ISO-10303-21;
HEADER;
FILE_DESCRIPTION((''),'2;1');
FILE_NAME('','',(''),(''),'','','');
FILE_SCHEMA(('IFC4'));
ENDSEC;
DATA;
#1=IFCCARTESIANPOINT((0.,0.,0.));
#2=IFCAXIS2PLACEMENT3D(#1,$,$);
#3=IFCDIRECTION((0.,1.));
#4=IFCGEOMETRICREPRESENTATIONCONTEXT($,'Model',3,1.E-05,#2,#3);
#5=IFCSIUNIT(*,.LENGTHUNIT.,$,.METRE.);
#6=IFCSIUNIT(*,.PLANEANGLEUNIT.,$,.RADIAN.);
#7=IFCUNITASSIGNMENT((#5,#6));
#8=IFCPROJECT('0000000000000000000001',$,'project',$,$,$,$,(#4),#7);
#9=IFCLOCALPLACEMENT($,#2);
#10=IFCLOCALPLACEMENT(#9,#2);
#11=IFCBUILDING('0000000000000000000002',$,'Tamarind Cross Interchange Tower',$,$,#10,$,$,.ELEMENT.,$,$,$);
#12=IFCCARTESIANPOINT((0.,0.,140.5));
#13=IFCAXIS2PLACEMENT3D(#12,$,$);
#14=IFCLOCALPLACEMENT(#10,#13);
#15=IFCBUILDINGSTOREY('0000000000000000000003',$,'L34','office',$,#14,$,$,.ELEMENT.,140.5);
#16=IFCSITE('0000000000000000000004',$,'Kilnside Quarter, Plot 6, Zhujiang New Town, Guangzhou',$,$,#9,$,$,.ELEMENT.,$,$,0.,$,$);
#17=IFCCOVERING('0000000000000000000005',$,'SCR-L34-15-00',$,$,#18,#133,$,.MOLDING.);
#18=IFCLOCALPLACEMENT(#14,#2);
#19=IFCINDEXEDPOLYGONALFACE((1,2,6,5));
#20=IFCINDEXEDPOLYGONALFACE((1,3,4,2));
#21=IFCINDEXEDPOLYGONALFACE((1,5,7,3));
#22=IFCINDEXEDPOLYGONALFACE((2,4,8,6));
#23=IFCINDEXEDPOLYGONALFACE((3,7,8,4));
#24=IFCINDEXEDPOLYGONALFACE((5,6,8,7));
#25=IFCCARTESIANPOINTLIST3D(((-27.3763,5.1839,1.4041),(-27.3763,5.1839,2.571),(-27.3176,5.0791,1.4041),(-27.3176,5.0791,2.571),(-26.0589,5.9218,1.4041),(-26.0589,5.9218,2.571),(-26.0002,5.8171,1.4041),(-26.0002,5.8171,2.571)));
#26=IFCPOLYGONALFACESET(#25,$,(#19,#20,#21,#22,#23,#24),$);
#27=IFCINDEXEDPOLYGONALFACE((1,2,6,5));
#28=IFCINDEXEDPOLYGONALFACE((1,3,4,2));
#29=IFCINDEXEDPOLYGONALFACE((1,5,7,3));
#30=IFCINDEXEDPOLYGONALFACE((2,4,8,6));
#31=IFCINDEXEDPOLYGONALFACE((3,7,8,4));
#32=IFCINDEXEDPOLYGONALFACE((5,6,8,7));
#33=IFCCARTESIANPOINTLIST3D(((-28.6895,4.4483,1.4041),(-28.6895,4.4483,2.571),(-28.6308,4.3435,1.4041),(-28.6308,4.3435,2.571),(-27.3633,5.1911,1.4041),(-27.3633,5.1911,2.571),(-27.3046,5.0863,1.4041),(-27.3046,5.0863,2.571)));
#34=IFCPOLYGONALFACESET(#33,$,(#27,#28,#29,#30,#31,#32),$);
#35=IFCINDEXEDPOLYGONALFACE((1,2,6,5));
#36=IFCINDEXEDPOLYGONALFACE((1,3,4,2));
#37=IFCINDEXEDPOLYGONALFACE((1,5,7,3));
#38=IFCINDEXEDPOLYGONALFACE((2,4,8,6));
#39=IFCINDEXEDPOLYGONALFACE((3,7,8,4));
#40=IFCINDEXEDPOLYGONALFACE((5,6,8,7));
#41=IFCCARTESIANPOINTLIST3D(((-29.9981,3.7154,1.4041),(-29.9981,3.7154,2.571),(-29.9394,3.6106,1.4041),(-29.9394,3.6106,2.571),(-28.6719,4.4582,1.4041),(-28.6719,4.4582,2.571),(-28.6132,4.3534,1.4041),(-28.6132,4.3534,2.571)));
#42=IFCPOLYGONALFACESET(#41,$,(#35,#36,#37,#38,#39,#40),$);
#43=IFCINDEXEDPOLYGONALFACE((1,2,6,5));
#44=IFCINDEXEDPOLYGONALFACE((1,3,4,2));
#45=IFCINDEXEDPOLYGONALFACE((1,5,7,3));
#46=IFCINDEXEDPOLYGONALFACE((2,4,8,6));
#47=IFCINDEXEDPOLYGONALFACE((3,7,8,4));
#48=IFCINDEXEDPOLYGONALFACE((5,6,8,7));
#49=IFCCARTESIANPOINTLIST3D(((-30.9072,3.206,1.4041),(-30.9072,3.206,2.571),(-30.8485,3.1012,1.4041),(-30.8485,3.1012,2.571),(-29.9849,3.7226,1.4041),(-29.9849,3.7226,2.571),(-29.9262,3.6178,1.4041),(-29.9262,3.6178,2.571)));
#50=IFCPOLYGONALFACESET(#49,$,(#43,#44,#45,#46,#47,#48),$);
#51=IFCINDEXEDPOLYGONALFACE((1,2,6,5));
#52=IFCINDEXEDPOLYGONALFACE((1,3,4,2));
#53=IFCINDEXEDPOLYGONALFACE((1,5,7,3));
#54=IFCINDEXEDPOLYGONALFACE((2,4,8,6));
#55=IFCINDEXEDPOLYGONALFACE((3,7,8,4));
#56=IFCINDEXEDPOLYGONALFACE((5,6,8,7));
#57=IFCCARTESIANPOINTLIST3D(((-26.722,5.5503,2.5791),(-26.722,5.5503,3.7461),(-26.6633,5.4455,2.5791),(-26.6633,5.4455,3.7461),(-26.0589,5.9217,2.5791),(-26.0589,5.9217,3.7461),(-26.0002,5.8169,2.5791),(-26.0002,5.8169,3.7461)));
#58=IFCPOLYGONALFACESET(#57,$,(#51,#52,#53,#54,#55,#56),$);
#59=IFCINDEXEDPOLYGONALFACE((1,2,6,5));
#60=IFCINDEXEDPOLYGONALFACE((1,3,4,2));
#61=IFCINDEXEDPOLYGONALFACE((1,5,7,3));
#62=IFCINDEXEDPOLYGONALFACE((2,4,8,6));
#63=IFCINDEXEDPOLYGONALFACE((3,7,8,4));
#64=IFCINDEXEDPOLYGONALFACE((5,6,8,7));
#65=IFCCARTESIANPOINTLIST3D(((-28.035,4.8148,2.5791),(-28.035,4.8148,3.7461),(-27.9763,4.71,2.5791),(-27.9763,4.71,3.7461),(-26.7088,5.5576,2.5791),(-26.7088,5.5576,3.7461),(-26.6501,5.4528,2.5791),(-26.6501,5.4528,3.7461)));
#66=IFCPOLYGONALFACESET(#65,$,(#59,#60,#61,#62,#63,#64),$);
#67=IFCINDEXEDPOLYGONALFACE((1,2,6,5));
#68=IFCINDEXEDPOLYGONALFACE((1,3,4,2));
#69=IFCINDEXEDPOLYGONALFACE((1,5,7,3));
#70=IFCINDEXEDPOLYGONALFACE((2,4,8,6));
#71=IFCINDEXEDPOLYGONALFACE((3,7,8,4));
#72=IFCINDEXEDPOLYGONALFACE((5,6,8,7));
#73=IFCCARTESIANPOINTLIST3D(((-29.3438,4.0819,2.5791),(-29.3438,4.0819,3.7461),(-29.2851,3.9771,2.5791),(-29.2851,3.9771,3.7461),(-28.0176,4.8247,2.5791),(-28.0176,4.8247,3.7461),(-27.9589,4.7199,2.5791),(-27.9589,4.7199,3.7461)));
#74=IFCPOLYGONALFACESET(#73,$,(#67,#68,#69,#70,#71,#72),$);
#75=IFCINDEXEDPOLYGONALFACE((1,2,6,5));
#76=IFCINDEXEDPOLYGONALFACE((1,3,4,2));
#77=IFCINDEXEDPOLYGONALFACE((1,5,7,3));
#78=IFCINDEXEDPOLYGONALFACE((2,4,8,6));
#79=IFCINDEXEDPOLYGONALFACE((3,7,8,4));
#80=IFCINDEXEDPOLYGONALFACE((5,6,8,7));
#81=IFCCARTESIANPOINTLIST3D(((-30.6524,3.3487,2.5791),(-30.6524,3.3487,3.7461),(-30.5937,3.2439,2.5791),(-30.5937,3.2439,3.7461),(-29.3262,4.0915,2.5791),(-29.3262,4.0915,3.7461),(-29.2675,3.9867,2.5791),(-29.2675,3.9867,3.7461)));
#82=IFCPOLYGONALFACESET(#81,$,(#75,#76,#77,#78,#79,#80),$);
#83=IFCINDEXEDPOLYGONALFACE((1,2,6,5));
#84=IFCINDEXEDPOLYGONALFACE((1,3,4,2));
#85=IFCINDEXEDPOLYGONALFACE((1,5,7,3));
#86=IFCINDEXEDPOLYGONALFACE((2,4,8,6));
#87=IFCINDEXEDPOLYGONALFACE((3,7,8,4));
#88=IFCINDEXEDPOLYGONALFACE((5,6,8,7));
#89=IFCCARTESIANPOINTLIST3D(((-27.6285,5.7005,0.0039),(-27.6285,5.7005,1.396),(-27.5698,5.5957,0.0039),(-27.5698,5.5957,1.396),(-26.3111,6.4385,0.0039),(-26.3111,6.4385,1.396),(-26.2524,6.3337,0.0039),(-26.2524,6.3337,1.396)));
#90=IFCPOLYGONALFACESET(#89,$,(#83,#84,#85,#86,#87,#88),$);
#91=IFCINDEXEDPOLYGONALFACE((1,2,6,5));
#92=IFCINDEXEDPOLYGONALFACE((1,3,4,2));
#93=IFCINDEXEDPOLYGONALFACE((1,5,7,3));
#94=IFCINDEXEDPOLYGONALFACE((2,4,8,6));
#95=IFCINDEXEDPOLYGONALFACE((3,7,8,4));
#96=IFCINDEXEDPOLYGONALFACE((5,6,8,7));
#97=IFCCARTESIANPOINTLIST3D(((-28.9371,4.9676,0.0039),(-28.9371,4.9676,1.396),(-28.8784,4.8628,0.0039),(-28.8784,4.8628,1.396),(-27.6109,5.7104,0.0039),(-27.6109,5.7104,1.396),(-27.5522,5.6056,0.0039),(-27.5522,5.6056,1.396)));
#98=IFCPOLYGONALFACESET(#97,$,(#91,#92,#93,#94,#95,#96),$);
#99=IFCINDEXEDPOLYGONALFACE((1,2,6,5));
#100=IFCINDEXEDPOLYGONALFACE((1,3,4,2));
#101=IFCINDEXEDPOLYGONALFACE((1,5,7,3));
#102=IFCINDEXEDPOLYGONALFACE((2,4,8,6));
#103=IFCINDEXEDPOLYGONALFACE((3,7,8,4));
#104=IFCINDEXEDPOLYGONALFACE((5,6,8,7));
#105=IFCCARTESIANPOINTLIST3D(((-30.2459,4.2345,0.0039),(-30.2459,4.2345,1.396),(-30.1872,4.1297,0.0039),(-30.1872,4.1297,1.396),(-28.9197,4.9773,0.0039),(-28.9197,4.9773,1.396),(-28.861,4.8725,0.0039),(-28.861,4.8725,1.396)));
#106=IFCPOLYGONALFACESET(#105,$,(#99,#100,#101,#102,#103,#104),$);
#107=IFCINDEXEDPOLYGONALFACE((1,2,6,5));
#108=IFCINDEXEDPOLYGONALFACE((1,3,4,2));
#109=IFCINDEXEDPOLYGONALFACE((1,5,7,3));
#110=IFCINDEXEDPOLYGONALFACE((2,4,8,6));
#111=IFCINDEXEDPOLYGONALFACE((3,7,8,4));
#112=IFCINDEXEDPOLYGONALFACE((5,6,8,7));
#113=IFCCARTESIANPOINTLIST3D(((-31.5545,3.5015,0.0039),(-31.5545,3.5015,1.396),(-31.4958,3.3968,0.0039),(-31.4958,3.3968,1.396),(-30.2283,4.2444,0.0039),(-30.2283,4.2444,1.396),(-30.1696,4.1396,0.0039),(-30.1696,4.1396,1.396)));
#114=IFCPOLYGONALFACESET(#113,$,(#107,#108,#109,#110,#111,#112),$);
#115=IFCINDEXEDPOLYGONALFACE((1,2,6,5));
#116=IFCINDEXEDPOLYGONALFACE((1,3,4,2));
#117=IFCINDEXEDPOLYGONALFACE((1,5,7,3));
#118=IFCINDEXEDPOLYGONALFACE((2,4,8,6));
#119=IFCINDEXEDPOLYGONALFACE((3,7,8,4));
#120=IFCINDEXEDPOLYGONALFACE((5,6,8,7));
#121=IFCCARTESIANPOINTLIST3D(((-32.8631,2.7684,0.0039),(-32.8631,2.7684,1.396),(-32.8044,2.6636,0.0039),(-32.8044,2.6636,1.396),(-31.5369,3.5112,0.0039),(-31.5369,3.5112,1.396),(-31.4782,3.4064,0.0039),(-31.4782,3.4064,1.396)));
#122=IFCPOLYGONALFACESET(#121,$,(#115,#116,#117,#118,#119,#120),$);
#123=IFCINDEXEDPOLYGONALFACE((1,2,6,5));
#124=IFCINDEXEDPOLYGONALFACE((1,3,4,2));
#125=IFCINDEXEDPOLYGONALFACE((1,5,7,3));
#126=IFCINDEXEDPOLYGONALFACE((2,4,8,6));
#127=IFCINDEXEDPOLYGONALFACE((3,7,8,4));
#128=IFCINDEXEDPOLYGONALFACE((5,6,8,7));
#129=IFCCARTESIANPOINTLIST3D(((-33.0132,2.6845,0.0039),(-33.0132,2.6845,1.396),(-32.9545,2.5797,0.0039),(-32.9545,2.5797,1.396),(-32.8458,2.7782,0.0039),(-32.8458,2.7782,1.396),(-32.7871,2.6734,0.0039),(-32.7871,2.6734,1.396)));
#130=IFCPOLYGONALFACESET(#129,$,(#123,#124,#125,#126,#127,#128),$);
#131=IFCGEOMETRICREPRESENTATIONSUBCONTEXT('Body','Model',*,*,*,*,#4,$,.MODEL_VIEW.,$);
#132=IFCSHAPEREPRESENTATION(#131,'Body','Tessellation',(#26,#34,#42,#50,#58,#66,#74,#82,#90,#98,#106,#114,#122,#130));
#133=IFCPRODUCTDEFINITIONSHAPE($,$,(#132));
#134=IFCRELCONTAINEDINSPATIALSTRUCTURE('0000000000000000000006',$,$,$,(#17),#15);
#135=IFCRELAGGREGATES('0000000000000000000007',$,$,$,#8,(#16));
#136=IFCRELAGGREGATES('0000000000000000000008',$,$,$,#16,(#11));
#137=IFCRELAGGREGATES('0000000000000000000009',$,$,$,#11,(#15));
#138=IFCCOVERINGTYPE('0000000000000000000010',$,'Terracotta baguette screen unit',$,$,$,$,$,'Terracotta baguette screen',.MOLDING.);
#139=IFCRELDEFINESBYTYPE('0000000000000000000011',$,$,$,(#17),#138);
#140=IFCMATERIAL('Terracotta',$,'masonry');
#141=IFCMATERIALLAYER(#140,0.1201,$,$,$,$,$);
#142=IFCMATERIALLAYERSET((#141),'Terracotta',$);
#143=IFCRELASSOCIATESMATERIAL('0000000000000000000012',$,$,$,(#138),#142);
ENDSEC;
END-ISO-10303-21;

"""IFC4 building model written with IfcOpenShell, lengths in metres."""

from ifc_helpers import new_model, si_unit, direction, frame, origin, origin_2d, place, context, subcontext, project, spatial, rectangle, extrude, material, layer, layer_set, type_object, element, save


model = new_model("IFC4")

# Units and contexts
model_context = context("Model", 3, precision=1e-05, world=origin(), true_north=direction((0.0, 1.0)))
body_context = subcontext(model_context, "Body", "Model", "MODEL_VIEW")
ifc_project = project(units=[si_unit("LENGTHUNIT", "METRE"), si_unit("PLANEANGLEUNIT", "RADIAN")], contexts=[model_context])

# Site, building, storey
site_placement = place(None, origin())
site = spatial("IfcSite", under=ifc_project, at=site_placement, Name="Kilnside Quarter, Plot 6, Zhujiang New Town, Guangzhou", CompositionType="ELEMENT", RefElevation=0.0)
building_placement = place(site_placement, origin())
building = spatial("IfcBuilding", under=site, at=building_placement, Name="Tamarind Cross Interchange Tower", CompositionType="ELEMENT")
storey_placement = place(building_placement, frame((0.0, 0.0, 140.5)))
storey = spatial("IfcBuildingStorey", under=building, at=storey_placement, Name="L34", Description="office", CompositionType="ELEMENT", Elevation=140.5)

# Covering
ifc_material_1 = material(Name="Terracotta", Category="masonry")
ifc_layer_1 = layer(ifc_material_1, 0.1201)
ifc_layer_set_1 = layer_set([ifc_layer_1], Name="Terracotta")
covering_type = type_object("IfcCoveringType", Name="Terracotta baguette screen unit", ElementType="Terracotta baguette screen", PredefinedType="MOLDING", material=ifc_layer_set_1)
covering_1_placement = place(storey_placement, origin())
element("IfcCovering", 1, at=covering_1_placement, inside=storey, type_object=covering_type, Name="SCR-L34-15-00", PredefinedType="MOLDING", context=body_context, shape_type="SweptSolid", body=[
    extrude(rectangle(XDim=1.51, YDim=0.1201, at=origin_2d()), frame((-26.6882, 5.5005, 1.4041), z_axis=(0.0, 0.0, 1.0), x_axis=(-0.872458, -0.488688, 0.0)), (0.0, 0.0, 1.0), 1.167),
    extrude(rectangle(XDim=1.52, YDim=0.1201, at=origin_2d()), frame((-27.9971, 4.7673, 1.4041), z_axis=(0.0, 0.0, 1.0), x_axis=(-0.872458, -0.488688, 0.0)), (0.0, 0.0, 1.0), 1.167),
    extrude(rectangle(XDim=1.52, YDim=0.1201, at=origin_2d()), frame((-29.3057, 4.0344, 1.4041), z_axis=(0.0, 0.0, 1.0), x_axis=(-0.872458, -0.488688, 0.0)), (0.0, 0.0, 1.0), 1.167),
    extrude(rectangle(XDim=1.0571, YDim=0.1201, at=origin_2d()), frame((-30.4167, 3.4119, 1.4041), z_axis=(0.0, 0.0, 1.0), x_axis=(-0.872458, -0.488688, 0.0)), (0.0, 0.0, 1.0), 1.167),
    extrude(rectangle(XDim=0.76, YDim=0.1201, at=origin_2d()), frame((-26.3611, 5.6836, 2.5791), z_axis=(0.0, 0.0, 1.0), x_axis=(-0.872458, -0.488688, 0.0)), (0.0, 0.0, 1.0), 1.167),
    extrude(rectangle(XDim=1.52, YDim=0.1201, at=origin_2d()), frame((-27.3425, 5.1338, 2.5791), z_axis=(0.0, 0.0, 1.0), x_axis=(-0.872458, -0.488688, 0.0)), (0.0, 0.0, 1.0), 1.167),
    extrude(rectangle(XDim=1.52, YDim=0.1201, at=origin_2d()), frame((-28.6514, 4.4009, 2.5791), z_axis=(0.0, 0.0, 1.0), x_axis=(-0.872458, -0.488688, 0.0)), (0.0, 0.0, 1.0), 1.167),
    extrude(rectangle(XDim=1.52, YDim=0.1201, at=origin_2d()), frame((-29.96, 3.6677, 2.5791), z_axis=(0.0, 0.0, 1.0), x_axis=(-0.872458, -0.488688, 0.0)), (0.0, 0.0, 1.0), 1.167),
    extrude(rectangle(XDim=1.51, YDim=0.1201, at=origin_2d()), frame((-26.9404, 6.0171, 0.0039), z_axis=(0.0, 0.0, 1.0), x_axis=(-0.872458, -0.488688, 0.0)), (0.0, 0.0, 1.0), 1.3921),
    extrude(rectangle(XDim=1.52, YDim=0.1201, at=origin_2d()), frame((-28.2446, 5.2866, 0.0039), z_axis=(0.0, 0.0, 1.0), x_axis=(-0.872458, -0.488688, 0.0)), (0.0, 0.0, 1.0), 1.3921),
    extrude(rectangle(XDim=1.52, YDim=0.1201, at=origin_2d()), frame((-29.5535, 4.5535, 0.0039), z_axis=(0.0, 0.0, 1.0), x_axis=(-0.872458, -0.488688, 0.0)), (0.0, 0.0, 1.0), 1.3921),
    extrude(rectangle(XDim=1.52, YDim=0.1201, at=origin_2d()), frame((-30.8621, 3.8206, 0.0039), z_axis=(0.0, 0.0, 1.0), x_axis=(-0.872458, -0.488688, 0.0)), (0.0, 0.0, 1.0), 1.3921),
    extrude(rectangle(XDim=1.52, YDim=0.1201, at=origin_2d()), frame((-32.1707, 3.0874, 0.0039), z_axis=(0.0, 0.0, 1.0), x_axis=(-0.872458, -0.488688, 0.0)), (0.0, 0.0, 1.0), 1.3921),
    extrude(rectangle(XDim=0.1919, YDim=0.1201, at=origin_2d()), frame((-32.9001, 2.679, 0.0039), z_axis=(0.0, 0.0, 1.0), x_axis=(-0.872458, -0.488688, 0.0)), (0.0, 0.0, 1.0), 1.3921),
])

save(model, "model.ifc")
